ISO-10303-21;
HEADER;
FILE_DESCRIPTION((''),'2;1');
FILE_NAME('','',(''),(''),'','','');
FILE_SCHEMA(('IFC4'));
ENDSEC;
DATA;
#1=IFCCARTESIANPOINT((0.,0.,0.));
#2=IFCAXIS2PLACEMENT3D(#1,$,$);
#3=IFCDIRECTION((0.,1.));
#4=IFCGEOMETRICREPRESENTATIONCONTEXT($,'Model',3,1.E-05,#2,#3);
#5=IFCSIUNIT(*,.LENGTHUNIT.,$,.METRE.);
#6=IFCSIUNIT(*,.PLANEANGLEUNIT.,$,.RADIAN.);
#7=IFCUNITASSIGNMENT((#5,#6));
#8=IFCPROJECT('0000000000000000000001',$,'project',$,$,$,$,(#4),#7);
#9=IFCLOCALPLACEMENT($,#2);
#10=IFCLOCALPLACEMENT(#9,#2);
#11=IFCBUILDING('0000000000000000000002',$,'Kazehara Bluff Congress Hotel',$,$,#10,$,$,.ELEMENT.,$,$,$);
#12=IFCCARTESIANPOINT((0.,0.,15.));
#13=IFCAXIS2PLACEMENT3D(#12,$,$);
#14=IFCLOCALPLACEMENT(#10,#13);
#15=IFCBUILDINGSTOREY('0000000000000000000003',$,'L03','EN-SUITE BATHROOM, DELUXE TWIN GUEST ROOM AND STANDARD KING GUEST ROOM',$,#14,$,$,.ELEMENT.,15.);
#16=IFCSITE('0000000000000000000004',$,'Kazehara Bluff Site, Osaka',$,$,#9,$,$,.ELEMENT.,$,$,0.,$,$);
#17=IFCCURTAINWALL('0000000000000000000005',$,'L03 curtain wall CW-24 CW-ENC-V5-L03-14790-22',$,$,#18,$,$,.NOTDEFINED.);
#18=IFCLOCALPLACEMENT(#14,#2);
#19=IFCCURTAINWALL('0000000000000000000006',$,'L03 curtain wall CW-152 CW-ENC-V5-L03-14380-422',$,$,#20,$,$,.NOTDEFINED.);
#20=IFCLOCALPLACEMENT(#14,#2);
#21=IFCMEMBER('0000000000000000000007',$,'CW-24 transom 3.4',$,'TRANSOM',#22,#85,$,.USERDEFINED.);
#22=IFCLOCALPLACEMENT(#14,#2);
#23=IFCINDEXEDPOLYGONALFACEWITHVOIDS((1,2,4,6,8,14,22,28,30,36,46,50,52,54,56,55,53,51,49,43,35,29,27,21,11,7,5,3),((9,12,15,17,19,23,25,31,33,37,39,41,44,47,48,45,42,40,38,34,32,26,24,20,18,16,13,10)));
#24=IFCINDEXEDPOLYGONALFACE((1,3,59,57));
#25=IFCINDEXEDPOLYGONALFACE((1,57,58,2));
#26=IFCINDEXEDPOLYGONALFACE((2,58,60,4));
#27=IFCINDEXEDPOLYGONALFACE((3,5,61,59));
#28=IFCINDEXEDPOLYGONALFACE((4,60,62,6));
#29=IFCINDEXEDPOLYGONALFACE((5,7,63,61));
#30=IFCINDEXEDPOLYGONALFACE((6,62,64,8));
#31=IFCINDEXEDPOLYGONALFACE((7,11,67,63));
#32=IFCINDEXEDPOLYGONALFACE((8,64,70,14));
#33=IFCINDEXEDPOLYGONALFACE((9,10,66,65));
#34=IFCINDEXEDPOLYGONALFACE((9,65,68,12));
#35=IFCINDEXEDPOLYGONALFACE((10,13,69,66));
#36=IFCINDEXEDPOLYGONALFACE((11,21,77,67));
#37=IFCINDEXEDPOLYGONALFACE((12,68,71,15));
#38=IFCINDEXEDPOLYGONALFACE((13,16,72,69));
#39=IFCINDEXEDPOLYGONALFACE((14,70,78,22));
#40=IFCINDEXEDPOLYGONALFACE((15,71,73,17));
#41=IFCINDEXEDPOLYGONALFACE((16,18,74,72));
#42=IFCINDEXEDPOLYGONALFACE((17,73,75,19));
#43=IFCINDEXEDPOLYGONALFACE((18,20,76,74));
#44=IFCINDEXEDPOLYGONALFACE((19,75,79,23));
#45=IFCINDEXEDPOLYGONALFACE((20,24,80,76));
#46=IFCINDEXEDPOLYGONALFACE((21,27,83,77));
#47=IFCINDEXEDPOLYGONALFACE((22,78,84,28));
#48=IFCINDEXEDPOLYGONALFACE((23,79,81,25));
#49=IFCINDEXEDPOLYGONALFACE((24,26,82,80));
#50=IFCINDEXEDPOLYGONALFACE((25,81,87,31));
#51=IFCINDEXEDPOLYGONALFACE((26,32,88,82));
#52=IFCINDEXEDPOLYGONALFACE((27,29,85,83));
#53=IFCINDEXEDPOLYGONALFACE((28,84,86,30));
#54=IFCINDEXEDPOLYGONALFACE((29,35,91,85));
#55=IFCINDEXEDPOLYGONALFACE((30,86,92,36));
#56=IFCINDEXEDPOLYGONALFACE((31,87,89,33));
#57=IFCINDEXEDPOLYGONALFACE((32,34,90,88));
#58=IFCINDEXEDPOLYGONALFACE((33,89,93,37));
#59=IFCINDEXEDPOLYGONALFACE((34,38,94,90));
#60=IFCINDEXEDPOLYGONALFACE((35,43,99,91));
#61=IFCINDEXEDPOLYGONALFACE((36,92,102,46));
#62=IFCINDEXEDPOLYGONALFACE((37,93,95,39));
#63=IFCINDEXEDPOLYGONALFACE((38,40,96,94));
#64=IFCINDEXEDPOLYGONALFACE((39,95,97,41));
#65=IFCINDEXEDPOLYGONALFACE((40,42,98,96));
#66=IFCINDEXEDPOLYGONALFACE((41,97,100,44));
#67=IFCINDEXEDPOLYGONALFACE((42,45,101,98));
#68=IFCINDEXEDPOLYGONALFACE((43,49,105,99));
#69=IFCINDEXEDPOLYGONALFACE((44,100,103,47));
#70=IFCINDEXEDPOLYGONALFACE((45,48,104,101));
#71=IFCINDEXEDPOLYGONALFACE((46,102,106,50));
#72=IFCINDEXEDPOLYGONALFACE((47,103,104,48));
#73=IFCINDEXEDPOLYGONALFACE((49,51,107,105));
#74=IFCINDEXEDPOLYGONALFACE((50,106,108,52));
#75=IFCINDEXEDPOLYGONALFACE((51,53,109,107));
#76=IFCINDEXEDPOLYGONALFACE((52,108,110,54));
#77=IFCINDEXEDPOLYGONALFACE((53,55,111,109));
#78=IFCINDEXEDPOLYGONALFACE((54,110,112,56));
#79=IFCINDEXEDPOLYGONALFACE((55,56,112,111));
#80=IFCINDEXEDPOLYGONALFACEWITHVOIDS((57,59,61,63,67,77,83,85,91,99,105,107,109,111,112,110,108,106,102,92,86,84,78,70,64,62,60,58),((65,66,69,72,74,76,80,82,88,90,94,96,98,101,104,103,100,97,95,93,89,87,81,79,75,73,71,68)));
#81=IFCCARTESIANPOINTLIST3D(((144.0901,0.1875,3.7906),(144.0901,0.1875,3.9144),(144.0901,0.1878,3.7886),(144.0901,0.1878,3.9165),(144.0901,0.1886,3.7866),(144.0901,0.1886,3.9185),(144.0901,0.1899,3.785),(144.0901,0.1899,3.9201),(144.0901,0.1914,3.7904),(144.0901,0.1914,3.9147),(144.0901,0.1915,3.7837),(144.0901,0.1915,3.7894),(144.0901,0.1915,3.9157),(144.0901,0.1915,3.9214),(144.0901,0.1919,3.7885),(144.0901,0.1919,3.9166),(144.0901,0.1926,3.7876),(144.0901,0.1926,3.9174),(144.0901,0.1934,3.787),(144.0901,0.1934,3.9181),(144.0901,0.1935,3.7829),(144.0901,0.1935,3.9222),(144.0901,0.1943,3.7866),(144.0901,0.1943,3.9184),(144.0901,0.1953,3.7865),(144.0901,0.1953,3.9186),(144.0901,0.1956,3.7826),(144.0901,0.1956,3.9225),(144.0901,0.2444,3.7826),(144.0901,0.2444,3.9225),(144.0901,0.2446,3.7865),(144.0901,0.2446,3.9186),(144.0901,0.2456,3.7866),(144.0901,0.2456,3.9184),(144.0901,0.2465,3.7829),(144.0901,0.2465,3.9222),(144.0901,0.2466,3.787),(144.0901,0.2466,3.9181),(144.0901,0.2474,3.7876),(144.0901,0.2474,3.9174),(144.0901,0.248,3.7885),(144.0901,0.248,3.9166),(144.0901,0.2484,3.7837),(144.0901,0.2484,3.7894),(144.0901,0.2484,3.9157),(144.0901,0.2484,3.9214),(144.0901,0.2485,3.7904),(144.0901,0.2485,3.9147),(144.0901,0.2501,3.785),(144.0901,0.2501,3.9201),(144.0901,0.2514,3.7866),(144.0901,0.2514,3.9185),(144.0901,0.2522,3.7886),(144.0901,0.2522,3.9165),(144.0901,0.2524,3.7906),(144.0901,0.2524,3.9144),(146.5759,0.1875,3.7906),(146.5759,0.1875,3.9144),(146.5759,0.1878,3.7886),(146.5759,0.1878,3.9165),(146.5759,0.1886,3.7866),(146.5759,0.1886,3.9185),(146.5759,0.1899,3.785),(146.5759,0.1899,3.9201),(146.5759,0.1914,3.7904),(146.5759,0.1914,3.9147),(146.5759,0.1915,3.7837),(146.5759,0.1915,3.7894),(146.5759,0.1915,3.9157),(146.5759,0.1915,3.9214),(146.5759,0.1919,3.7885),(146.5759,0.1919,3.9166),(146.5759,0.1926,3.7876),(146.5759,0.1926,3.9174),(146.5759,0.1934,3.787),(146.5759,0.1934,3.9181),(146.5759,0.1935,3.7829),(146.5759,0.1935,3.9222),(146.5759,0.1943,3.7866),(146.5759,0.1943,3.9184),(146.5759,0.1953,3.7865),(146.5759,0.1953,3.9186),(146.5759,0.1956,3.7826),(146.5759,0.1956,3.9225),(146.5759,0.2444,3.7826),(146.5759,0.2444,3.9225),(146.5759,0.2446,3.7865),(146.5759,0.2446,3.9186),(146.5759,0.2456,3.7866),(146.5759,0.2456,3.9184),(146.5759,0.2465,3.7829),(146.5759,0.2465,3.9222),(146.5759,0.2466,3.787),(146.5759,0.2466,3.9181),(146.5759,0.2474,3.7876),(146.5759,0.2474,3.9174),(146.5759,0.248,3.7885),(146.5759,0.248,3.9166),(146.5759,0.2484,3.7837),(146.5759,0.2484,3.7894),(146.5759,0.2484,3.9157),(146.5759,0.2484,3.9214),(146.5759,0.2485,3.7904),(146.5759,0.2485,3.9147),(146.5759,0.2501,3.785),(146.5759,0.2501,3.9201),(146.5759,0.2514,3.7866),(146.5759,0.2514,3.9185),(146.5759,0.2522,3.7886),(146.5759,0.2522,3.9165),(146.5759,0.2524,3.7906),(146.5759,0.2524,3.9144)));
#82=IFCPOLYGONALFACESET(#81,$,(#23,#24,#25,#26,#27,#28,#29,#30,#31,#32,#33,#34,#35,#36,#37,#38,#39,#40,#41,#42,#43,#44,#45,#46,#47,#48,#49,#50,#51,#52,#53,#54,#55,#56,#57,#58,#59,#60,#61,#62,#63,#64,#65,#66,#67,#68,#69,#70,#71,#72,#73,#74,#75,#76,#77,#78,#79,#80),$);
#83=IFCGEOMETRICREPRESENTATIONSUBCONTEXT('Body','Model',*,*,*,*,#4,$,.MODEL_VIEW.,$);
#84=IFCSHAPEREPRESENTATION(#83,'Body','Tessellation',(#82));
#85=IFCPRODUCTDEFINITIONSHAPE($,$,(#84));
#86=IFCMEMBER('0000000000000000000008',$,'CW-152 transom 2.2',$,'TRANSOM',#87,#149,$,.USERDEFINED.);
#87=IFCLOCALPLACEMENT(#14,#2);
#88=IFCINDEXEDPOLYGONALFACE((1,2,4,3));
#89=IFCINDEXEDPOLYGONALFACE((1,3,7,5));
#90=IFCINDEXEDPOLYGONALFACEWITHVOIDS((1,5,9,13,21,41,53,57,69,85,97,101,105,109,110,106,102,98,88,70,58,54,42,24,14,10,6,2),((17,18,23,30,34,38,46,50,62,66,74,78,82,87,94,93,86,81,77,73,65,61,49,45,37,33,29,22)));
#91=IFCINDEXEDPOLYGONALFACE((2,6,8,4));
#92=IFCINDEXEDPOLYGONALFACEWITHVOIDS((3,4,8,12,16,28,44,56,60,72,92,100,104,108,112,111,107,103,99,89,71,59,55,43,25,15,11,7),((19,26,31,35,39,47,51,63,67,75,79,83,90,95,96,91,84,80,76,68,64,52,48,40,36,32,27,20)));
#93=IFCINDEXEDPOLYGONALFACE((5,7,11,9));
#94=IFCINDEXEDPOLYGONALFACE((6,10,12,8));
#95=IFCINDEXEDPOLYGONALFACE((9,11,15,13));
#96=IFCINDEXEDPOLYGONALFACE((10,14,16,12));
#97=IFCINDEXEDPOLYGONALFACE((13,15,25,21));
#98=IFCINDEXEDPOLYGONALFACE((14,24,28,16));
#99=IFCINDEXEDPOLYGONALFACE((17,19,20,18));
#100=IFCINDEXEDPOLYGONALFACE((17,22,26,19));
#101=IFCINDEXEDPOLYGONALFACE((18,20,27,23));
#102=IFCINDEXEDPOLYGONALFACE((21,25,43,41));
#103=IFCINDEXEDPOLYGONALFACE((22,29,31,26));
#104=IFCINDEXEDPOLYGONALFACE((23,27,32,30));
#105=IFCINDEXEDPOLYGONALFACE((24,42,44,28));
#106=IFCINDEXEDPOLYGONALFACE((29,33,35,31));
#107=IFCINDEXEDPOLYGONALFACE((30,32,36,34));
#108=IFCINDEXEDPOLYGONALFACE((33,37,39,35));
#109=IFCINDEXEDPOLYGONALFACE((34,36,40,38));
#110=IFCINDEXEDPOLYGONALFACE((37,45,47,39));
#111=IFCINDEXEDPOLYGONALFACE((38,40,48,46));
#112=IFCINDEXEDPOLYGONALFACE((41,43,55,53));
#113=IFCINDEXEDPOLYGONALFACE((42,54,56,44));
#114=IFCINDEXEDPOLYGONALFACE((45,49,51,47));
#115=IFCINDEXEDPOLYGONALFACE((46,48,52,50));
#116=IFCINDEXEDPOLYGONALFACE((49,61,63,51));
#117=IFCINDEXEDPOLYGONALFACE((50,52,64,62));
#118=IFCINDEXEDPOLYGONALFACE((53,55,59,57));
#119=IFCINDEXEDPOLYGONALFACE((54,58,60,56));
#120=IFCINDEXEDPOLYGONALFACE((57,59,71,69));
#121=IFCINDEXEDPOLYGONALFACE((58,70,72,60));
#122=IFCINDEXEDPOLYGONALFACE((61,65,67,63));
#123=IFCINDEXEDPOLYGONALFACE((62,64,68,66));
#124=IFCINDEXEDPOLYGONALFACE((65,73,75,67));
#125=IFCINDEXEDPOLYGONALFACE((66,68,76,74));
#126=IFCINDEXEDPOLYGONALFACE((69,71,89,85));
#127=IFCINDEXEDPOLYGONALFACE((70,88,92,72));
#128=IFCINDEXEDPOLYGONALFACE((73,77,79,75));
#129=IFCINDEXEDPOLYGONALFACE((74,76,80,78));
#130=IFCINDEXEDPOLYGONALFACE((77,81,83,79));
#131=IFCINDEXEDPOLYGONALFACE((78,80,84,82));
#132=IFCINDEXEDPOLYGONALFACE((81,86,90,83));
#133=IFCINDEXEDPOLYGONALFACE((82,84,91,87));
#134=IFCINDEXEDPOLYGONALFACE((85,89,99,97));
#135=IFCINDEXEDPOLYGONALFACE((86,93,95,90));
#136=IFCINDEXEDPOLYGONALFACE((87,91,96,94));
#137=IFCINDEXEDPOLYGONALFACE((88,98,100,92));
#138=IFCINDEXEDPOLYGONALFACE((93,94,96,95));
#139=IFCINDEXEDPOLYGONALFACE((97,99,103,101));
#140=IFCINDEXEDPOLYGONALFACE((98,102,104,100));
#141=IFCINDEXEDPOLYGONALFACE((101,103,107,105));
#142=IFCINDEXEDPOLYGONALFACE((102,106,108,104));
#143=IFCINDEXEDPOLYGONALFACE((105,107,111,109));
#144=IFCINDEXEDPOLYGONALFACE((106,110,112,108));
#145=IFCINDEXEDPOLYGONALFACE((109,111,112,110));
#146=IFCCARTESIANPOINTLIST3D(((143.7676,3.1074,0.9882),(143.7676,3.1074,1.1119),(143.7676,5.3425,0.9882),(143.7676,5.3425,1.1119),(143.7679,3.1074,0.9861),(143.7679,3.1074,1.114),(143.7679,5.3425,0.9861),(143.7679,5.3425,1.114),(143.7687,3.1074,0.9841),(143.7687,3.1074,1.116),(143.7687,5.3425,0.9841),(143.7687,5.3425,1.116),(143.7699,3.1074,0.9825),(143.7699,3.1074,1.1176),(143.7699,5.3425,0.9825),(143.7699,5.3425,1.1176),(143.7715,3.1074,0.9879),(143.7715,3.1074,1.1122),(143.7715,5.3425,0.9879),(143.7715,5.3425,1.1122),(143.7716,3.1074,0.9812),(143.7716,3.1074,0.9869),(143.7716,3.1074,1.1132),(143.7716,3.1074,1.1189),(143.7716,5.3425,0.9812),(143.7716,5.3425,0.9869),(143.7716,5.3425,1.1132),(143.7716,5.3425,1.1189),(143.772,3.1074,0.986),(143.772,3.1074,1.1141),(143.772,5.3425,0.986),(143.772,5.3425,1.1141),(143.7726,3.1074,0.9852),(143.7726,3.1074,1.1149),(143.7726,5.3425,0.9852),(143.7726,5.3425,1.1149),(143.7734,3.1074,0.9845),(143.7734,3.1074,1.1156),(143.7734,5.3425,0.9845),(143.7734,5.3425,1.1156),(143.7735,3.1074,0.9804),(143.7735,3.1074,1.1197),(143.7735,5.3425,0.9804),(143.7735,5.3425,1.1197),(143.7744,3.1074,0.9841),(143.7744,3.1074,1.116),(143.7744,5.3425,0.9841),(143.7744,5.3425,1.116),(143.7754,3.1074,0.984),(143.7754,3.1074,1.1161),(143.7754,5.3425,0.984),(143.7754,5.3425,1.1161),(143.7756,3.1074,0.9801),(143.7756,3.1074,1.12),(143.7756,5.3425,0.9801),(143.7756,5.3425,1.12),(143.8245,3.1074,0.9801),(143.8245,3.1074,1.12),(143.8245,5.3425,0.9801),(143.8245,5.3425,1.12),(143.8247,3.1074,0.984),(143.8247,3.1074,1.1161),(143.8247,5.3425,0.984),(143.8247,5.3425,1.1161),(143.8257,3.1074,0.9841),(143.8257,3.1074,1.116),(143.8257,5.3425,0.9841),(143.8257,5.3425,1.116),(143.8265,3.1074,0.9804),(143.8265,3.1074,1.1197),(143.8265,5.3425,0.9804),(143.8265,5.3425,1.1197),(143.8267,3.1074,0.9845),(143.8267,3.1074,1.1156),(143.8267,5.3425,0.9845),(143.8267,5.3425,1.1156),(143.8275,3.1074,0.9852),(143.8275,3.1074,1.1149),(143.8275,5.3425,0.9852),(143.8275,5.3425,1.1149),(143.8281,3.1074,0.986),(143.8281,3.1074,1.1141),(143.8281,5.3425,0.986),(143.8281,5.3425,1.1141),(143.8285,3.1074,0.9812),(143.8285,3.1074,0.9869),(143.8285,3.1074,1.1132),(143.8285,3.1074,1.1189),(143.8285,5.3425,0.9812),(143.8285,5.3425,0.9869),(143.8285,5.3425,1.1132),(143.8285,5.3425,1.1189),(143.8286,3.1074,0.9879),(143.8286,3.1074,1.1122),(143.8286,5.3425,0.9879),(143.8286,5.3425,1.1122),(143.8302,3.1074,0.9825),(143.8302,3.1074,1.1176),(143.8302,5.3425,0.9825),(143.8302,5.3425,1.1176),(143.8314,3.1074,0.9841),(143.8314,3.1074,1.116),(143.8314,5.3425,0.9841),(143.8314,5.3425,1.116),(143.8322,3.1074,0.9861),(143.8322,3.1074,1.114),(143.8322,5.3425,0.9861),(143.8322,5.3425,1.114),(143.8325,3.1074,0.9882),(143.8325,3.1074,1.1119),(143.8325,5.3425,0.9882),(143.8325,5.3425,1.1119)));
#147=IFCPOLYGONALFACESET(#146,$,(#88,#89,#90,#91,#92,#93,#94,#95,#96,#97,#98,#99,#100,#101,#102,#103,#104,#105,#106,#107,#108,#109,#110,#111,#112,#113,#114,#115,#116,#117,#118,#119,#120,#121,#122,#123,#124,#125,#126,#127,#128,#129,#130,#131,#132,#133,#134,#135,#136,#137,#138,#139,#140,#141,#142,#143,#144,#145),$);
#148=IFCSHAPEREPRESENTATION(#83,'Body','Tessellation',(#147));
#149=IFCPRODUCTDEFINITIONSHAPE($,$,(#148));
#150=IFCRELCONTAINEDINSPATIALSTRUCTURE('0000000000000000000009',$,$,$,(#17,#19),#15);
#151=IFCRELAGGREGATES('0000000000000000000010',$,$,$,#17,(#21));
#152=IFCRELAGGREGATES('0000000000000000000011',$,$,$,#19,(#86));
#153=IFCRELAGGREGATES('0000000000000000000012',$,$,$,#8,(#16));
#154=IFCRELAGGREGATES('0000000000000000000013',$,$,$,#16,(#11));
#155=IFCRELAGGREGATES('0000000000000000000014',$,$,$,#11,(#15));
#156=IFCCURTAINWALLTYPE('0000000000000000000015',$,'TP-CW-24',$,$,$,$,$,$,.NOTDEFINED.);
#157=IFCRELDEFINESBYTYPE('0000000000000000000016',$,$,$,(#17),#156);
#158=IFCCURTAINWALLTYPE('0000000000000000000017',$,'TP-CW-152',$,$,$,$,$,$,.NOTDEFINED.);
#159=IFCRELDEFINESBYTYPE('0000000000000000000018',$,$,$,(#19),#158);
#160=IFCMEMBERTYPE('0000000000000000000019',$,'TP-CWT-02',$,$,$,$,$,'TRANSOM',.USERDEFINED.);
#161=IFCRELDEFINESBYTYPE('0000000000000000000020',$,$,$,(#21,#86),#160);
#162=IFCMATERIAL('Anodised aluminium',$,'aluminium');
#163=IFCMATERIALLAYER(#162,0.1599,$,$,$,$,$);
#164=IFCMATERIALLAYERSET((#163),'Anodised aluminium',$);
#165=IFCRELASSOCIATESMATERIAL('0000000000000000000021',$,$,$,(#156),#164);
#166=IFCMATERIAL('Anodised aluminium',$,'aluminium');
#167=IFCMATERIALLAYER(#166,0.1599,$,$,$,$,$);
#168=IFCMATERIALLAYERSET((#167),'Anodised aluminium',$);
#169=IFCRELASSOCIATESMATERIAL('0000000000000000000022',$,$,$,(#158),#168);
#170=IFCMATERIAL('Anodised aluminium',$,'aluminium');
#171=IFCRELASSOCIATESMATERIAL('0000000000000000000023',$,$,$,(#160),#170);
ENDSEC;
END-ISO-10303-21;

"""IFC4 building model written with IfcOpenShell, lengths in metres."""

from ifc_helpers import new_model, si_unit, direction, frame, origin, origin_2d, place, context, subcontext, project, spatial, hollow_rectangle, extrude, material, layer, layer_set, material_profile, profile_set, type_object, element, aggregate, save


model = new_model("IFC4")

# Units and contexts
model_context = context("Model", 3, precision=1e-05, world=origin(), true_north=direction((0.0, 1.0)))
body_context = subcontext(model_context, "Body", "Model", "MODEL_VIEW")
ifc_project = project(units=[si_unit("LENGTHUNIT", "METRE"), si_unit("PLANEANGLEUNIT", "RADIAN")], contexts=[model_context])

# Site, building, storey
site_placement = place(None, origin())
site = spatial("IfcSite", under=ifc_project, at=site_placement, Name="Kazehara Bluff Site, Osaka", CompositionType="ELEMENT", RefElevation=0.0)
building_placement = place(site_placement, origin())
building = spatial("IfcBuilding", under=site, at=building_placement, Name="Kazehara Bluff Congress Hotel", CompositionType="ELEMENT")
storey_placement = place(building_placement, frame((0.0, 0.0, 15.0)))
storey = spatial("IfcBuildingStorey", under=building, at=storey_placement, Name="L03", Description="EN-SUITE BATHROOM, DELUXE TWIN GUEST ROOM AND STANDARD KING GUEST ROOM", CompositionType="ELEMENT", Elevation=15.0)

# Curtain wall
ifc_material_1 = material(Name="Anodised aluminium", Category="aluminium")
ifc_layer_1 = layer(ifc_material_1, 0.1599)
ifc_layer_set_1 = layer_set([ifc_layer_1], Name="Anodised aluminium")
curtain_wall_type_1 = type_object("IfcCurtainWallType", Name="TP-CW-24", PredefinedType="NOTDEFINED", material=ifc_layer_set_1)
curtain_wall_1_placement = place(storey_placement, origin())
curtain_wall_1 = element("IfcCurtainWall", 1, at=curtain_wall_1_placement, inside=storey, type_object=curtain_wall_type_1, Name="L03 curtain wall CW-24 CW-ENC-V5-L03-14790-22", PredefinedType="NOTDEFINED")

# Curtain wall
ifc_material_2 = material(Name="Anodised aluminium", Category="aluminium")
ifc_layer_2 = layer(ifc_material_2, 0.1599)
ifc_layer_set_2 = layer_set([ifc_layer_2], Name="Anodised aluminium")
curtain_wall_type_2 = type_object("IfcCurtainWallType", Name="TP-CW-152", PredefinedType="NOTDEFINED", material=ifc_layer_set_2)
curtain_wall_2_placement = place(storey_placement, origin())
curtain_wall_2 = element("IfcCurtainWall", 2, at=curtain_wall_2_placement, inside=storey, type_object=curtain_wall_type_2, Name="L03 curtain wall CW-152 CW-ENC-V5-L03-14380-422", PredefinedType="NOTDEFINED")

# Members
ifc_material_3 = material(Name="Anodised aluminium", Category="aluminium")
ifc_material_profile_1 = material_profile(ifc_material_3, hollow_rectangle(XDim=0.0649, YDim=0.1399, WallThickness=0.0039, InnerFilletRadius=0.0039, OuterFilletRadius=0.0081, at=origin_2d()))
ifc_profile_set_1 = profile_set([ifc_material_profile_1], Name="Anodised aluminium")
member_type_1 = type_object("IfcMemberType", Name="TP-CWT-02", ElementType="TRANSOM", PredefinedType="USERDEFINED", material=ifc_profile_set_1)
member_1_placement = place(storey_placement, frame((146.5759, 0.22, 3.8525), z_axis=(-1.0, 0.0, 0.0), x_axis=(0.0, -1.0, 0.0)))
member_1 = element("IfcMember", 3, at=member_1_placement, type_object=member_type_1, Name="CW-24 transom 3.4", ObjectType="TRANSOM", PredefinedType="USERDEFINED", context=body_context, shape_type="SweptSolid", body=[
    extrude(hollow_rectangle(XDim=0.0649, YDim=0.1399, WallThickness=0.0039, InnerFilletRadius=0.0039, OuterFilletRadius=0.0081, at=origin_2d()), origin(), (0.0, 0.0, 1.0), 2.4858),
])
member_2_placement = place(storey_placement, frame((143.8, 3.1074, 1.05), z_axis=(0.0, 1.0, 0.0), x_axis=(-1.0, 0.0, 0.0)))
member_2 = element("IfcMember", 4, at=member_2_placement, type_object=member_type_1, Name="CW-152 transom 2.2", ObjectType="TRANSOM", PredefinedType="USERDEFINED", context=body_context, shape_type="SweptSolid", body=[
    extrude(hollow_rectangle(XDim=0.0649, YDim=0.1399, WallThickness=0.0039, InnerFilletRadius=0.0039, OuterFilletRadius=0.0081, at=origin_2d()), origin(), (0.0, 0.0, 1.0), 2.2351),
])

aggregate(curtain_wall_1, [member_1])
aggregate(curtain_wall_2, [member_2])

save(model, "model.ifc")
